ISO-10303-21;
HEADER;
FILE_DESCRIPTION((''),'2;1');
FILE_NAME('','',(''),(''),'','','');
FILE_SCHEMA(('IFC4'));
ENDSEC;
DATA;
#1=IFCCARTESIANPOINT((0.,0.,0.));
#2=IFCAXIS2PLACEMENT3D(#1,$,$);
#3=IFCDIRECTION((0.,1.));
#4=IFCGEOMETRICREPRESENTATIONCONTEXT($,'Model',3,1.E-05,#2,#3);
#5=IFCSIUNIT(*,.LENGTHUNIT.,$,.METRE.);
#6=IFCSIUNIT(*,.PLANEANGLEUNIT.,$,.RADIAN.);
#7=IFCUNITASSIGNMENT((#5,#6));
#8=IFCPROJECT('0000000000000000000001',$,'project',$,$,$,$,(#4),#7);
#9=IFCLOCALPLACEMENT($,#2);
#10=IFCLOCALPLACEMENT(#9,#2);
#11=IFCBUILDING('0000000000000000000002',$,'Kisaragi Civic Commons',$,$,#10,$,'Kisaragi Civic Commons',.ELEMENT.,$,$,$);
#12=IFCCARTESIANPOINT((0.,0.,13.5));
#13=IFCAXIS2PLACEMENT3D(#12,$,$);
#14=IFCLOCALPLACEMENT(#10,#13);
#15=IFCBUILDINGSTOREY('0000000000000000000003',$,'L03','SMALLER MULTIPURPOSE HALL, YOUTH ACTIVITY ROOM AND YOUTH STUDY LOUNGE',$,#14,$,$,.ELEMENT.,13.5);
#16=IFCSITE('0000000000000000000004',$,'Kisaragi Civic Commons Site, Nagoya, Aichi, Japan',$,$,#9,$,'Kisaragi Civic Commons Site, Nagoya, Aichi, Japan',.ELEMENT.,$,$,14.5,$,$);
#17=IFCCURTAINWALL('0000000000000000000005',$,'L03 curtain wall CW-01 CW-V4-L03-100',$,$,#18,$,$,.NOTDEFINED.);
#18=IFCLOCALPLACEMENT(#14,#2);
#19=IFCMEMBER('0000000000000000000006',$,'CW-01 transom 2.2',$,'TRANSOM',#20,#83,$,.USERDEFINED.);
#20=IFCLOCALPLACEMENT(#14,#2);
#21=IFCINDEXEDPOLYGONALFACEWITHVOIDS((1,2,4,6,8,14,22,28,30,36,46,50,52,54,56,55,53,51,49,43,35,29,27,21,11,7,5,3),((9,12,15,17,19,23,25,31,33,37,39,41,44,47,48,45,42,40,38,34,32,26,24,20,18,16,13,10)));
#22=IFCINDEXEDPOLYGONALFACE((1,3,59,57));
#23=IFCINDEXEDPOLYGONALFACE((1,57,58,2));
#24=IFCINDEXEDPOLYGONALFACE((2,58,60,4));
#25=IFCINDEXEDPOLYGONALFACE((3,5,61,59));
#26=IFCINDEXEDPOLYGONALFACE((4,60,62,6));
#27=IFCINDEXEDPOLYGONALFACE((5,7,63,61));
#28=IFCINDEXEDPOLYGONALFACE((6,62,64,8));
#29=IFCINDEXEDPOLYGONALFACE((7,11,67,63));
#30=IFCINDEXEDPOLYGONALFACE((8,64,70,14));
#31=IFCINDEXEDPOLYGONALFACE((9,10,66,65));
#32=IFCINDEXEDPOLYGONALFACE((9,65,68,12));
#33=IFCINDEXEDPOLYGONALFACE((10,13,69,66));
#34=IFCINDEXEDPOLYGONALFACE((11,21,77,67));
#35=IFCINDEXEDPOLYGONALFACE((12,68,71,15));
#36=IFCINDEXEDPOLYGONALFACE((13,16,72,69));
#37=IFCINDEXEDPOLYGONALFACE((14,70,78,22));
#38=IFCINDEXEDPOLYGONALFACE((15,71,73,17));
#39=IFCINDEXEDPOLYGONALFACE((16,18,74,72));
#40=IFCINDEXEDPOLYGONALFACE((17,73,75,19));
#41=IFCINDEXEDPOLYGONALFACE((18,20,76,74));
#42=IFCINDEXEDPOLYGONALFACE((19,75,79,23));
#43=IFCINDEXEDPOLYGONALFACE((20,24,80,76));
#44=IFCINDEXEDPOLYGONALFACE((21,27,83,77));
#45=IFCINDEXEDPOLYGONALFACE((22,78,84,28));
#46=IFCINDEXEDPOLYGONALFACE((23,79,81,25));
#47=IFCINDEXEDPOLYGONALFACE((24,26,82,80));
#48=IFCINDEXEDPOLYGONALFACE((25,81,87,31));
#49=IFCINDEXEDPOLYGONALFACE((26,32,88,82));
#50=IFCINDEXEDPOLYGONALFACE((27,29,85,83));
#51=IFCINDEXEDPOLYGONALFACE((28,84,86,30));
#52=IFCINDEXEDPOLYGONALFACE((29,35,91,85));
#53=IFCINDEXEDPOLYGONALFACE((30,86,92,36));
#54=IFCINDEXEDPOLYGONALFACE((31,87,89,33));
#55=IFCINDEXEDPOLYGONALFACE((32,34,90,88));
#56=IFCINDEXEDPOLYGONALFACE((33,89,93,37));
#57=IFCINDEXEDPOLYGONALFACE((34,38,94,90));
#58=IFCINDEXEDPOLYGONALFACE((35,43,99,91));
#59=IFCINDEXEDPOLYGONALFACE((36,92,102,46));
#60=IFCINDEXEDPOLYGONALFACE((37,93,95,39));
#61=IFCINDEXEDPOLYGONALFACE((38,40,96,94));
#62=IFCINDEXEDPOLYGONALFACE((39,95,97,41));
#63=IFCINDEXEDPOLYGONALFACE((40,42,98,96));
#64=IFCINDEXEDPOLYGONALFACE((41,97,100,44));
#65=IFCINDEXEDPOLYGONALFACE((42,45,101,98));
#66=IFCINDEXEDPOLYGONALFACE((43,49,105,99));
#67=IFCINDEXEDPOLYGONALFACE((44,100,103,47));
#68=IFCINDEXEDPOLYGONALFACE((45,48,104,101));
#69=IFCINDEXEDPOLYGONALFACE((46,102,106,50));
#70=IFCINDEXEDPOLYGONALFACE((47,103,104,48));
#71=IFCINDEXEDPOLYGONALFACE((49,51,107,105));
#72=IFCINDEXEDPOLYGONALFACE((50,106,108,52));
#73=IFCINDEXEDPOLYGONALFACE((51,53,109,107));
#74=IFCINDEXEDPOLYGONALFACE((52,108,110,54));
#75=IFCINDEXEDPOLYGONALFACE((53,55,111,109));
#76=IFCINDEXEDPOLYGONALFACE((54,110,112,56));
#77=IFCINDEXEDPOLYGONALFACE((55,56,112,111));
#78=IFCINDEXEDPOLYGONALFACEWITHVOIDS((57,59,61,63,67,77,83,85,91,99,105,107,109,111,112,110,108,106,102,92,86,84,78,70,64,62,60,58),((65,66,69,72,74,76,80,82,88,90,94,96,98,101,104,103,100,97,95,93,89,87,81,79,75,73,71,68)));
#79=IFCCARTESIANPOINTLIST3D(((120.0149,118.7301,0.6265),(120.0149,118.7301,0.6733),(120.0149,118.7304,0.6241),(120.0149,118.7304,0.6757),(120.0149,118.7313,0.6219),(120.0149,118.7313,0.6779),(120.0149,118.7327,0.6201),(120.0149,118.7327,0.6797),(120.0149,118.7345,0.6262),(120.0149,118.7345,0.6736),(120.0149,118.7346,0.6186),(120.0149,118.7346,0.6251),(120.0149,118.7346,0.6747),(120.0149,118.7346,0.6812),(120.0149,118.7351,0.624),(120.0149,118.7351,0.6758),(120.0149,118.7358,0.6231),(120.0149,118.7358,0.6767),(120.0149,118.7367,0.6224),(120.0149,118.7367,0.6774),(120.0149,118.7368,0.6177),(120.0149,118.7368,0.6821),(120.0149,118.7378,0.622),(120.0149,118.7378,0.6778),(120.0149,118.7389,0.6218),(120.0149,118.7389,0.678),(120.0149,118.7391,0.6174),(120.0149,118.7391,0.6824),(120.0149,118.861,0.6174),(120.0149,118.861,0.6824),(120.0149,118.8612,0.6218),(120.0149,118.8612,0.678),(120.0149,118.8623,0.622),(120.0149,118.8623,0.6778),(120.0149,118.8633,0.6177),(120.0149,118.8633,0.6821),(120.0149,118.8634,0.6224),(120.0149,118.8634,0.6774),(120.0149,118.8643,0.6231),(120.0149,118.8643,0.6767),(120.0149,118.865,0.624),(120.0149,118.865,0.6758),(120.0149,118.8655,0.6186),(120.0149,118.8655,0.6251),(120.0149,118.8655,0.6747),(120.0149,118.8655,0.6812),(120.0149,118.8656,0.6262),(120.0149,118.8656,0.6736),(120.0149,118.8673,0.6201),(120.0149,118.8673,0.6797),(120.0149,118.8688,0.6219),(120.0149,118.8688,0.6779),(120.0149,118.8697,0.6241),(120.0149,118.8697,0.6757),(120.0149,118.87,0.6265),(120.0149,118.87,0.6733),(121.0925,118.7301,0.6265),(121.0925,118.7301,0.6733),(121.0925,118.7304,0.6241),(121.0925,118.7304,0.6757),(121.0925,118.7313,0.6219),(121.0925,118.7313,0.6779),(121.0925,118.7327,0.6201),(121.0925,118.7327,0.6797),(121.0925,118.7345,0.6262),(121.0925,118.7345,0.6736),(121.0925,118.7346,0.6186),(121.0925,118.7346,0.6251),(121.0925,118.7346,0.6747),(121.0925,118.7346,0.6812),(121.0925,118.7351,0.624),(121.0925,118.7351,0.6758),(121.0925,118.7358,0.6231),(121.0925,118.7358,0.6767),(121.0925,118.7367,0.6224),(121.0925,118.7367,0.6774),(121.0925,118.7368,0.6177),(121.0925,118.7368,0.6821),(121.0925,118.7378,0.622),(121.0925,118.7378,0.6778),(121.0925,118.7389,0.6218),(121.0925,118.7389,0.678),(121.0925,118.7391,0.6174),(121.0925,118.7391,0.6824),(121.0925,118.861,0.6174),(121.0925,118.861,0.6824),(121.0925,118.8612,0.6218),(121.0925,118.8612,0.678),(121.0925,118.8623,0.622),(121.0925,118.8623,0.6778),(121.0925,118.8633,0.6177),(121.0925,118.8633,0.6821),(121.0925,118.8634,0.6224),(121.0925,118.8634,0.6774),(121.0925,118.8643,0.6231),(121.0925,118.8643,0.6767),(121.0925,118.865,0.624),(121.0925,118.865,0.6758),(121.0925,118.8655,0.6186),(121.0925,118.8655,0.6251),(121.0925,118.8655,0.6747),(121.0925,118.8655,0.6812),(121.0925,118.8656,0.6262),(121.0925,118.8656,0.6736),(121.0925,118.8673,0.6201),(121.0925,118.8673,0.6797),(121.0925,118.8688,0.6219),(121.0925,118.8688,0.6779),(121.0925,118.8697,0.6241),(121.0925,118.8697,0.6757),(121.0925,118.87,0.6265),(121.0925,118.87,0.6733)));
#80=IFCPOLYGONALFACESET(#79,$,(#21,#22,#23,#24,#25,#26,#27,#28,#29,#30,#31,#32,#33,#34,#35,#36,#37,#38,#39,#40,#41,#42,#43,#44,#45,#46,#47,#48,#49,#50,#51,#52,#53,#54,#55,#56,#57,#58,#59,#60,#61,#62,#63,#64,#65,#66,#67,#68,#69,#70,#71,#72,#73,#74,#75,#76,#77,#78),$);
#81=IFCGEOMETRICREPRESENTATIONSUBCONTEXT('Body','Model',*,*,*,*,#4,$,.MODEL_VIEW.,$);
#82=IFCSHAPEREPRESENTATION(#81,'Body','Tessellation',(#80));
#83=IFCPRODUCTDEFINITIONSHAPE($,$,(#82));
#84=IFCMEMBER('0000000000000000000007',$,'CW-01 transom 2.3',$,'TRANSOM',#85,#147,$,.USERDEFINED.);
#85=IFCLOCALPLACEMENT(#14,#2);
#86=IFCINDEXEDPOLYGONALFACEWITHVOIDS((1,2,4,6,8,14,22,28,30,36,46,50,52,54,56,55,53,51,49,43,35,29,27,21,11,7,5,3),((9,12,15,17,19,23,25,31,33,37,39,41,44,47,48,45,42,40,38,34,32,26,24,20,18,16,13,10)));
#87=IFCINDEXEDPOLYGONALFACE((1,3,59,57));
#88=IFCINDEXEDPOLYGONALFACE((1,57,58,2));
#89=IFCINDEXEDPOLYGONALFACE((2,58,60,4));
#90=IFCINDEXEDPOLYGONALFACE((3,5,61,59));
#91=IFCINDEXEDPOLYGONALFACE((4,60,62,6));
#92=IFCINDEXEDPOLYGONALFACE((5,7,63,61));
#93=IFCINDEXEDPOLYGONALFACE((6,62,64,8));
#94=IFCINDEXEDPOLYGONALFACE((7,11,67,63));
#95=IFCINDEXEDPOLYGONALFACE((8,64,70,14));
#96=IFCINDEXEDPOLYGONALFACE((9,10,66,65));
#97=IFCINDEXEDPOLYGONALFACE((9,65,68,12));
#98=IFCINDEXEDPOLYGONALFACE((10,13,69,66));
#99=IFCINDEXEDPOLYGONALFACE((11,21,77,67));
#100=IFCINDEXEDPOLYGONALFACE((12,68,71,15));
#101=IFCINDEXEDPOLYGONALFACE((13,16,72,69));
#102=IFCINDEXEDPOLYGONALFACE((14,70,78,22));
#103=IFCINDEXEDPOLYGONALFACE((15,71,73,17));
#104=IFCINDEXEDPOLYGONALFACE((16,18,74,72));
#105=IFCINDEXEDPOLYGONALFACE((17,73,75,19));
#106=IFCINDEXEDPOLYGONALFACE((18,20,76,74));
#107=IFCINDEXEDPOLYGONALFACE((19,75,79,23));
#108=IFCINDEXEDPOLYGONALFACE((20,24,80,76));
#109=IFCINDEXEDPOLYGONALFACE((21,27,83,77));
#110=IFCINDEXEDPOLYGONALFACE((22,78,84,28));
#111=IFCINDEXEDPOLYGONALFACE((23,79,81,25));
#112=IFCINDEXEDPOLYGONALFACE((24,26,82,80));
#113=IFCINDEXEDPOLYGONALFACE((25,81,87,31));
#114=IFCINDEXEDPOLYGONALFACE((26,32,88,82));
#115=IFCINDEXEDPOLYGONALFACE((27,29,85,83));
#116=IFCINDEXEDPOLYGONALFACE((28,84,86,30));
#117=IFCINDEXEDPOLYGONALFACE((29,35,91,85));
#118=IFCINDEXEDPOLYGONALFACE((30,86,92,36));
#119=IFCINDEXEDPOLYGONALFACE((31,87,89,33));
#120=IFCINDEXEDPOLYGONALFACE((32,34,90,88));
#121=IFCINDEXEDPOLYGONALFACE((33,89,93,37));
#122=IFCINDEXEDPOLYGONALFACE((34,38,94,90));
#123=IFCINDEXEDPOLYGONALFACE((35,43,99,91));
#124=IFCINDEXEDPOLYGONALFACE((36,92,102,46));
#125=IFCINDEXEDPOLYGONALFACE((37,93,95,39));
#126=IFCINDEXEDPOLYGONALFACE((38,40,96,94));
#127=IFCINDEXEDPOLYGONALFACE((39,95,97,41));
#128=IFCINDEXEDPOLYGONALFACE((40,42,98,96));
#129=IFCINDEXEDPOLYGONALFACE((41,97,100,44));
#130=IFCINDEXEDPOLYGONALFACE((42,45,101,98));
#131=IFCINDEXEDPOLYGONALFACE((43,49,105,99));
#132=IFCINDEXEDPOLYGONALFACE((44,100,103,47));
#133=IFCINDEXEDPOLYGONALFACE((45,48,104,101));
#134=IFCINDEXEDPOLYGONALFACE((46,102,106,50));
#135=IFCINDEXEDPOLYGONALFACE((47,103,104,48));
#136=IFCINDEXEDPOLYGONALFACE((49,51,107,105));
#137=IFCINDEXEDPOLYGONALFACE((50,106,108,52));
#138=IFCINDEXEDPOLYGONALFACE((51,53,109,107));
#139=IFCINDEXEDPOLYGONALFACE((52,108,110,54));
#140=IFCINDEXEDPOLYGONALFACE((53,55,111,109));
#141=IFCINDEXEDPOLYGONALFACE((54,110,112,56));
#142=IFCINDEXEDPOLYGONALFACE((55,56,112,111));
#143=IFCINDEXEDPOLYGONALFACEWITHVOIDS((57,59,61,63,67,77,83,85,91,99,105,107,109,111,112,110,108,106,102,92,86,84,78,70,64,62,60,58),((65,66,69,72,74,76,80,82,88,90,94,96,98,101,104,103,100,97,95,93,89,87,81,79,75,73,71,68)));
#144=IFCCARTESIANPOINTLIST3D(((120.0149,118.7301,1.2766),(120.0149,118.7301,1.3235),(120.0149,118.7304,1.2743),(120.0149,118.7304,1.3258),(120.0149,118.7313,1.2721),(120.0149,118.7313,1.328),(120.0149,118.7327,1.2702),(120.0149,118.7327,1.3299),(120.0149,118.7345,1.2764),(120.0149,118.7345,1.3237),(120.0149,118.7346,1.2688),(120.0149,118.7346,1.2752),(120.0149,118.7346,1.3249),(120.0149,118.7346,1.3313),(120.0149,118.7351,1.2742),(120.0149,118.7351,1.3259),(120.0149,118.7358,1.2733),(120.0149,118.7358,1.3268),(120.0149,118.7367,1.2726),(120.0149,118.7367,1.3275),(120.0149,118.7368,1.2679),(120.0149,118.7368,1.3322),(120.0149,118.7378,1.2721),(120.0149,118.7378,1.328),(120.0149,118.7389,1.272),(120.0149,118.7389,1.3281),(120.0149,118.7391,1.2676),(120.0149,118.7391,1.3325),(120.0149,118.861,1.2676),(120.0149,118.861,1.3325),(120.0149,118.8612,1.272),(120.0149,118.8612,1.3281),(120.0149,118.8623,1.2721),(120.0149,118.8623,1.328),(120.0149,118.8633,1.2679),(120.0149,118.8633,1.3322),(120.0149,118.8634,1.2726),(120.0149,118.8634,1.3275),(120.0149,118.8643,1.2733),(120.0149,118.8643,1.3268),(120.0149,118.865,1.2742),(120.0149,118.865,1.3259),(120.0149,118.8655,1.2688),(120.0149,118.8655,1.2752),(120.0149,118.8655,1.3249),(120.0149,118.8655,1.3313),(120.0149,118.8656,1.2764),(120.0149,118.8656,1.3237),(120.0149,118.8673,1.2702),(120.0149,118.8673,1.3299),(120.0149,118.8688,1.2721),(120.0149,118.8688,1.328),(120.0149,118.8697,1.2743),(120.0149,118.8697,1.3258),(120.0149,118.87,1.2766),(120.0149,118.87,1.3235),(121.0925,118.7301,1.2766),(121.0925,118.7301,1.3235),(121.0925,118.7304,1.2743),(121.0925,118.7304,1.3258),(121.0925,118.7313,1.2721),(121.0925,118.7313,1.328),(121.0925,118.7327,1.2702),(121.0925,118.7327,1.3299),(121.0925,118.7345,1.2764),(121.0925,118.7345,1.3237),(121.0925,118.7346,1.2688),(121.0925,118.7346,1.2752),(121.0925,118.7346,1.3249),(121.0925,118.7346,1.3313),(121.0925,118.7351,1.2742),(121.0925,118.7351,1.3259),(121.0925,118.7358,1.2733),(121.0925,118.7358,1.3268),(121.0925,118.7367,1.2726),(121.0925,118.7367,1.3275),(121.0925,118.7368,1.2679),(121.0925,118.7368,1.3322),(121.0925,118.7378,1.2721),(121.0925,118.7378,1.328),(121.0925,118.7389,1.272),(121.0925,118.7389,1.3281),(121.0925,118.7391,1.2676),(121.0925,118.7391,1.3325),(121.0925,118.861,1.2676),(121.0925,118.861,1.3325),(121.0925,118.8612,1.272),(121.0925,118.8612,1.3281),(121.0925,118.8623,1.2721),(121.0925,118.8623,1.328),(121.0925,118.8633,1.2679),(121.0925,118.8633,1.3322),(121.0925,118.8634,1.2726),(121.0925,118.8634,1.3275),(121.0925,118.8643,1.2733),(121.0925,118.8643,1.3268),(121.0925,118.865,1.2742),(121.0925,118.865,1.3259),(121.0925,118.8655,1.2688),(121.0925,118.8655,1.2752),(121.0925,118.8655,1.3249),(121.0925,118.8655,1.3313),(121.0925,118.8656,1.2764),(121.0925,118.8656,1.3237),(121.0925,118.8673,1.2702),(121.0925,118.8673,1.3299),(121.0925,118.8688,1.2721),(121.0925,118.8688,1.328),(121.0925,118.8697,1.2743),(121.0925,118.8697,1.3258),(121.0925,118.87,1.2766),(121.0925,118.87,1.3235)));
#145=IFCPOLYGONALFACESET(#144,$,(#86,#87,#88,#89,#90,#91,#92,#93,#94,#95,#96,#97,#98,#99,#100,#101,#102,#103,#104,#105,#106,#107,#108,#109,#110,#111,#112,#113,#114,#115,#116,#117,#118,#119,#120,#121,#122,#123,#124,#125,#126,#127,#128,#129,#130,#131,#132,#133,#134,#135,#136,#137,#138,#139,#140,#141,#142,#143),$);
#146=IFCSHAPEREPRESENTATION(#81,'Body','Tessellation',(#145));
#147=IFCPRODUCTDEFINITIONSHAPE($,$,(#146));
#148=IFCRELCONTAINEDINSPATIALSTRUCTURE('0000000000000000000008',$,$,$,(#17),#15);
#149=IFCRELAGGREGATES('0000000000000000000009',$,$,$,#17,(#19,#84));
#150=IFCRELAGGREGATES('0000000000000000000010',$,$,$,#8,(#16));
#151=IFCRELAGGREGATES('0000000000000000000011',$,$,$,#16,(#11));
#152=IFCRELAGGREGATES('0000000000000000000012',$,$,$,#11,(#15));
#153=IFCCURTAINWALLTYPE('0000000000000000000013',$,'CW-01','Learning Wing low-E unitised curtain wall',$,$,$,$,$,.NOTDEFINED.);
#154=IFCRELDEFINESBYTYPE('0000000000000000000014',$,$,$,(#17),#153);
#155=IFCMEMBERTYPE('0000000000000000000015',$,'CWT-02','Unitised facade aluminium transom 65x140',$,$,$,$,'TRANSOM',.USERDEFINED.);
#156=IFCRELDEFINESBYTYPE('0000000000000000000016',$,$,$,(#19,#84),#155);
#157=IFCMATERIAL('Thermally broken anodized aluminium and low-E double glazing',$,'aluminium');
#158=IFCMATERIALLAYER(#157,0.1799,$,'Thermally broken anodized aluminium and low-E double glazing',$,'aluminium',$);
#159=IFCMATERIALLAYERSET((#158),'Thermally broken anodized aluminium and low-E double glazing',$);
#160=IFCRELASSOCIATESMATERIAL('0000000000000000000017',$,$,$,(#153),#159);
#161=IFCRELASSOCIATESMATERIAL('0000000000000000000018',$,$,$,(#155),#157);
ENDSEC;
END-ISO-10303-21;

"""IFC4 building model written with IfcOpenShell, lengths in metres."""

from ifc_helpers import new_model, si_unit, direction, frame, origin, origin_2d, place, context, subcontext, project, spatial, hollow_rectangle, extrude, material, layer, layer_set, material_profile, profile_set, type_object, element, aggregate, save


model = new_model("IFC4")

# Units and contexts
model_context = context("Model", 3, precision=1e-05, world=origin(), true_north=direction((0.0, 1.0)))
body_context = subcontext(model_context, "Body", "Model", "MODEL_VIEW")
ifc_project = project(units=[si_unit("LENGTHUNIT", "METRE"), si_unit("PLANEANGLEUNIT", "RADIAN")], contexts=[model_context])

# Site, building, storey
site_placement = place(None, origin())
site = spatial("IfcSite", under=ifc_project, at=site_placement, Name="Kisaragi Civic Commons Site, Nagoya, Aichi, Japan", LongName="Kisaragi Civic Commons Site, Nagoya, Aichi, Japan", CompositionType="ELEMENT", RefElevation=14.5)
building_placement = place(site_placement, origin())
building = spatial("IfcBuilding", under=site, at=building_placement, Name="Kisaragi Civic Commons", LongName="Kisaragi Civic Commons", CompositionType="ELEMENT")
storey_placement = place(building_placement, frame((0.0, 0.0, 13.5)))
storey = spatial("IfcBuildingStorey", under=building, at=storey_placement, Name="L03", Description="SMALLER MULTIPURPOSE HALL, YOUTH ACTIVITY ROOM AND YOUTH STUDY LOUNGE", CompositionType="ELEMENT", Elevation=13.5)

# Curtain wall, members
ifc_material = material(Name="Thermally broken anodized aluminium and low-E double glazing", Category="aluminium")
ifc_layer_1 = layer(ifc_material, 0.1799, Name="Thermally broken anodized aluminium and low-E double glazing", Category="aluminium")
ifc_layer_set_1 = layer_set([ifc_layer_1], Name="Thermally broken anodized aluminium and low-E double glazing")
curtain_wall_type = type_object("IfcCurtainWallType", Name="CW-01", Description="Learning Wing low-E unitised curtain wall", PredefinedType="NOTDEFINED", material=ifc_layer_set_1)
curtain_wall_placement = place(storey_placement, origin())
curtain_wall = element("IfcCurtainWall", 1, at=curtain_wall_placement, inside=storey, type_object=curtain_wall_type, Name="L03 curtain wall CW-01 CW-V4-L03-100", PredefinedType="NOTDEFINED")
ifc_material_profile_1 = material_profile(ifc_material, hollow_rectangle(XDim=0.1399, YDim=0.0649, WallThickness=0.0044, InnerFilletRadius=0.0044, OuterFilletRadius=0.009, at=origin_2d()), Name="CWT-65x140x4.5", Category="aluminium")
ifc_profile_set_1 = profile_set([ifc_material_profile_1], Name="Thermally broken anodized aluminium and low-E double glazing")
member_type_1 = type_object("IfcMemberType", Name="CWT-02", Description="Unitised facade aluminium transom 65x140", ElementType="TRANSOM", PredefinedType="USERDEFINED", material=ifc_profile_set_1)
member_1_placement = place(storey_placement, frame((120.0149, 118.8, 0.6499), z_axis=(1.0, 0.0, 0.0), x_axis=(0.0, 1.0, 0.0)))
member_1 = element("IfcMember", 2, at=member_1_placement, type_object=member_type_1, Name="CW-01 transom 2.2", ObjectType="TRANSOM", PredefinedType="USERDEFINED", context=body_context, shape_type="SweptSolid", body=[
    extrude(hollow_rectangle(XDim=0.1399, YDim=0.0649, WallThickness=0.0044, InnerFilletRadius=0.0044, OuterFilletRadius=0.009, at=origin_2d()), origin(), (0.0, 0.0, 1.0), 1.0776),
])
member_2_placement = place(storey_placement, frame((120.0149, 118.8, 1.3), z_axis=(1.0, 0.0, 0.0), x_axis=(0.0, 1.0, 0.0)))
member_2 = element("IfcMember", 3, at=member_2_placement, type_object=member_type_1, Name="CW-01 transom 2.3", ObjectType="TRANSOM", PredefinedType="USERDEFINED", context=body_context, shape_type="SweptSolid", body=[
    extrude(hollow_rectangle(XDim=0.1399, YDim=0.0649, WallThickness=0.0044, InnerFilletRadius=0.0044, OuterFilletRadius=0.009, at=origin_2d()), origin(), (0.0, 0.0, 1.0), 1.0776),
])
aggregate(curtain_wall, [member_1, member_2])

save(model, "model.ifc")
